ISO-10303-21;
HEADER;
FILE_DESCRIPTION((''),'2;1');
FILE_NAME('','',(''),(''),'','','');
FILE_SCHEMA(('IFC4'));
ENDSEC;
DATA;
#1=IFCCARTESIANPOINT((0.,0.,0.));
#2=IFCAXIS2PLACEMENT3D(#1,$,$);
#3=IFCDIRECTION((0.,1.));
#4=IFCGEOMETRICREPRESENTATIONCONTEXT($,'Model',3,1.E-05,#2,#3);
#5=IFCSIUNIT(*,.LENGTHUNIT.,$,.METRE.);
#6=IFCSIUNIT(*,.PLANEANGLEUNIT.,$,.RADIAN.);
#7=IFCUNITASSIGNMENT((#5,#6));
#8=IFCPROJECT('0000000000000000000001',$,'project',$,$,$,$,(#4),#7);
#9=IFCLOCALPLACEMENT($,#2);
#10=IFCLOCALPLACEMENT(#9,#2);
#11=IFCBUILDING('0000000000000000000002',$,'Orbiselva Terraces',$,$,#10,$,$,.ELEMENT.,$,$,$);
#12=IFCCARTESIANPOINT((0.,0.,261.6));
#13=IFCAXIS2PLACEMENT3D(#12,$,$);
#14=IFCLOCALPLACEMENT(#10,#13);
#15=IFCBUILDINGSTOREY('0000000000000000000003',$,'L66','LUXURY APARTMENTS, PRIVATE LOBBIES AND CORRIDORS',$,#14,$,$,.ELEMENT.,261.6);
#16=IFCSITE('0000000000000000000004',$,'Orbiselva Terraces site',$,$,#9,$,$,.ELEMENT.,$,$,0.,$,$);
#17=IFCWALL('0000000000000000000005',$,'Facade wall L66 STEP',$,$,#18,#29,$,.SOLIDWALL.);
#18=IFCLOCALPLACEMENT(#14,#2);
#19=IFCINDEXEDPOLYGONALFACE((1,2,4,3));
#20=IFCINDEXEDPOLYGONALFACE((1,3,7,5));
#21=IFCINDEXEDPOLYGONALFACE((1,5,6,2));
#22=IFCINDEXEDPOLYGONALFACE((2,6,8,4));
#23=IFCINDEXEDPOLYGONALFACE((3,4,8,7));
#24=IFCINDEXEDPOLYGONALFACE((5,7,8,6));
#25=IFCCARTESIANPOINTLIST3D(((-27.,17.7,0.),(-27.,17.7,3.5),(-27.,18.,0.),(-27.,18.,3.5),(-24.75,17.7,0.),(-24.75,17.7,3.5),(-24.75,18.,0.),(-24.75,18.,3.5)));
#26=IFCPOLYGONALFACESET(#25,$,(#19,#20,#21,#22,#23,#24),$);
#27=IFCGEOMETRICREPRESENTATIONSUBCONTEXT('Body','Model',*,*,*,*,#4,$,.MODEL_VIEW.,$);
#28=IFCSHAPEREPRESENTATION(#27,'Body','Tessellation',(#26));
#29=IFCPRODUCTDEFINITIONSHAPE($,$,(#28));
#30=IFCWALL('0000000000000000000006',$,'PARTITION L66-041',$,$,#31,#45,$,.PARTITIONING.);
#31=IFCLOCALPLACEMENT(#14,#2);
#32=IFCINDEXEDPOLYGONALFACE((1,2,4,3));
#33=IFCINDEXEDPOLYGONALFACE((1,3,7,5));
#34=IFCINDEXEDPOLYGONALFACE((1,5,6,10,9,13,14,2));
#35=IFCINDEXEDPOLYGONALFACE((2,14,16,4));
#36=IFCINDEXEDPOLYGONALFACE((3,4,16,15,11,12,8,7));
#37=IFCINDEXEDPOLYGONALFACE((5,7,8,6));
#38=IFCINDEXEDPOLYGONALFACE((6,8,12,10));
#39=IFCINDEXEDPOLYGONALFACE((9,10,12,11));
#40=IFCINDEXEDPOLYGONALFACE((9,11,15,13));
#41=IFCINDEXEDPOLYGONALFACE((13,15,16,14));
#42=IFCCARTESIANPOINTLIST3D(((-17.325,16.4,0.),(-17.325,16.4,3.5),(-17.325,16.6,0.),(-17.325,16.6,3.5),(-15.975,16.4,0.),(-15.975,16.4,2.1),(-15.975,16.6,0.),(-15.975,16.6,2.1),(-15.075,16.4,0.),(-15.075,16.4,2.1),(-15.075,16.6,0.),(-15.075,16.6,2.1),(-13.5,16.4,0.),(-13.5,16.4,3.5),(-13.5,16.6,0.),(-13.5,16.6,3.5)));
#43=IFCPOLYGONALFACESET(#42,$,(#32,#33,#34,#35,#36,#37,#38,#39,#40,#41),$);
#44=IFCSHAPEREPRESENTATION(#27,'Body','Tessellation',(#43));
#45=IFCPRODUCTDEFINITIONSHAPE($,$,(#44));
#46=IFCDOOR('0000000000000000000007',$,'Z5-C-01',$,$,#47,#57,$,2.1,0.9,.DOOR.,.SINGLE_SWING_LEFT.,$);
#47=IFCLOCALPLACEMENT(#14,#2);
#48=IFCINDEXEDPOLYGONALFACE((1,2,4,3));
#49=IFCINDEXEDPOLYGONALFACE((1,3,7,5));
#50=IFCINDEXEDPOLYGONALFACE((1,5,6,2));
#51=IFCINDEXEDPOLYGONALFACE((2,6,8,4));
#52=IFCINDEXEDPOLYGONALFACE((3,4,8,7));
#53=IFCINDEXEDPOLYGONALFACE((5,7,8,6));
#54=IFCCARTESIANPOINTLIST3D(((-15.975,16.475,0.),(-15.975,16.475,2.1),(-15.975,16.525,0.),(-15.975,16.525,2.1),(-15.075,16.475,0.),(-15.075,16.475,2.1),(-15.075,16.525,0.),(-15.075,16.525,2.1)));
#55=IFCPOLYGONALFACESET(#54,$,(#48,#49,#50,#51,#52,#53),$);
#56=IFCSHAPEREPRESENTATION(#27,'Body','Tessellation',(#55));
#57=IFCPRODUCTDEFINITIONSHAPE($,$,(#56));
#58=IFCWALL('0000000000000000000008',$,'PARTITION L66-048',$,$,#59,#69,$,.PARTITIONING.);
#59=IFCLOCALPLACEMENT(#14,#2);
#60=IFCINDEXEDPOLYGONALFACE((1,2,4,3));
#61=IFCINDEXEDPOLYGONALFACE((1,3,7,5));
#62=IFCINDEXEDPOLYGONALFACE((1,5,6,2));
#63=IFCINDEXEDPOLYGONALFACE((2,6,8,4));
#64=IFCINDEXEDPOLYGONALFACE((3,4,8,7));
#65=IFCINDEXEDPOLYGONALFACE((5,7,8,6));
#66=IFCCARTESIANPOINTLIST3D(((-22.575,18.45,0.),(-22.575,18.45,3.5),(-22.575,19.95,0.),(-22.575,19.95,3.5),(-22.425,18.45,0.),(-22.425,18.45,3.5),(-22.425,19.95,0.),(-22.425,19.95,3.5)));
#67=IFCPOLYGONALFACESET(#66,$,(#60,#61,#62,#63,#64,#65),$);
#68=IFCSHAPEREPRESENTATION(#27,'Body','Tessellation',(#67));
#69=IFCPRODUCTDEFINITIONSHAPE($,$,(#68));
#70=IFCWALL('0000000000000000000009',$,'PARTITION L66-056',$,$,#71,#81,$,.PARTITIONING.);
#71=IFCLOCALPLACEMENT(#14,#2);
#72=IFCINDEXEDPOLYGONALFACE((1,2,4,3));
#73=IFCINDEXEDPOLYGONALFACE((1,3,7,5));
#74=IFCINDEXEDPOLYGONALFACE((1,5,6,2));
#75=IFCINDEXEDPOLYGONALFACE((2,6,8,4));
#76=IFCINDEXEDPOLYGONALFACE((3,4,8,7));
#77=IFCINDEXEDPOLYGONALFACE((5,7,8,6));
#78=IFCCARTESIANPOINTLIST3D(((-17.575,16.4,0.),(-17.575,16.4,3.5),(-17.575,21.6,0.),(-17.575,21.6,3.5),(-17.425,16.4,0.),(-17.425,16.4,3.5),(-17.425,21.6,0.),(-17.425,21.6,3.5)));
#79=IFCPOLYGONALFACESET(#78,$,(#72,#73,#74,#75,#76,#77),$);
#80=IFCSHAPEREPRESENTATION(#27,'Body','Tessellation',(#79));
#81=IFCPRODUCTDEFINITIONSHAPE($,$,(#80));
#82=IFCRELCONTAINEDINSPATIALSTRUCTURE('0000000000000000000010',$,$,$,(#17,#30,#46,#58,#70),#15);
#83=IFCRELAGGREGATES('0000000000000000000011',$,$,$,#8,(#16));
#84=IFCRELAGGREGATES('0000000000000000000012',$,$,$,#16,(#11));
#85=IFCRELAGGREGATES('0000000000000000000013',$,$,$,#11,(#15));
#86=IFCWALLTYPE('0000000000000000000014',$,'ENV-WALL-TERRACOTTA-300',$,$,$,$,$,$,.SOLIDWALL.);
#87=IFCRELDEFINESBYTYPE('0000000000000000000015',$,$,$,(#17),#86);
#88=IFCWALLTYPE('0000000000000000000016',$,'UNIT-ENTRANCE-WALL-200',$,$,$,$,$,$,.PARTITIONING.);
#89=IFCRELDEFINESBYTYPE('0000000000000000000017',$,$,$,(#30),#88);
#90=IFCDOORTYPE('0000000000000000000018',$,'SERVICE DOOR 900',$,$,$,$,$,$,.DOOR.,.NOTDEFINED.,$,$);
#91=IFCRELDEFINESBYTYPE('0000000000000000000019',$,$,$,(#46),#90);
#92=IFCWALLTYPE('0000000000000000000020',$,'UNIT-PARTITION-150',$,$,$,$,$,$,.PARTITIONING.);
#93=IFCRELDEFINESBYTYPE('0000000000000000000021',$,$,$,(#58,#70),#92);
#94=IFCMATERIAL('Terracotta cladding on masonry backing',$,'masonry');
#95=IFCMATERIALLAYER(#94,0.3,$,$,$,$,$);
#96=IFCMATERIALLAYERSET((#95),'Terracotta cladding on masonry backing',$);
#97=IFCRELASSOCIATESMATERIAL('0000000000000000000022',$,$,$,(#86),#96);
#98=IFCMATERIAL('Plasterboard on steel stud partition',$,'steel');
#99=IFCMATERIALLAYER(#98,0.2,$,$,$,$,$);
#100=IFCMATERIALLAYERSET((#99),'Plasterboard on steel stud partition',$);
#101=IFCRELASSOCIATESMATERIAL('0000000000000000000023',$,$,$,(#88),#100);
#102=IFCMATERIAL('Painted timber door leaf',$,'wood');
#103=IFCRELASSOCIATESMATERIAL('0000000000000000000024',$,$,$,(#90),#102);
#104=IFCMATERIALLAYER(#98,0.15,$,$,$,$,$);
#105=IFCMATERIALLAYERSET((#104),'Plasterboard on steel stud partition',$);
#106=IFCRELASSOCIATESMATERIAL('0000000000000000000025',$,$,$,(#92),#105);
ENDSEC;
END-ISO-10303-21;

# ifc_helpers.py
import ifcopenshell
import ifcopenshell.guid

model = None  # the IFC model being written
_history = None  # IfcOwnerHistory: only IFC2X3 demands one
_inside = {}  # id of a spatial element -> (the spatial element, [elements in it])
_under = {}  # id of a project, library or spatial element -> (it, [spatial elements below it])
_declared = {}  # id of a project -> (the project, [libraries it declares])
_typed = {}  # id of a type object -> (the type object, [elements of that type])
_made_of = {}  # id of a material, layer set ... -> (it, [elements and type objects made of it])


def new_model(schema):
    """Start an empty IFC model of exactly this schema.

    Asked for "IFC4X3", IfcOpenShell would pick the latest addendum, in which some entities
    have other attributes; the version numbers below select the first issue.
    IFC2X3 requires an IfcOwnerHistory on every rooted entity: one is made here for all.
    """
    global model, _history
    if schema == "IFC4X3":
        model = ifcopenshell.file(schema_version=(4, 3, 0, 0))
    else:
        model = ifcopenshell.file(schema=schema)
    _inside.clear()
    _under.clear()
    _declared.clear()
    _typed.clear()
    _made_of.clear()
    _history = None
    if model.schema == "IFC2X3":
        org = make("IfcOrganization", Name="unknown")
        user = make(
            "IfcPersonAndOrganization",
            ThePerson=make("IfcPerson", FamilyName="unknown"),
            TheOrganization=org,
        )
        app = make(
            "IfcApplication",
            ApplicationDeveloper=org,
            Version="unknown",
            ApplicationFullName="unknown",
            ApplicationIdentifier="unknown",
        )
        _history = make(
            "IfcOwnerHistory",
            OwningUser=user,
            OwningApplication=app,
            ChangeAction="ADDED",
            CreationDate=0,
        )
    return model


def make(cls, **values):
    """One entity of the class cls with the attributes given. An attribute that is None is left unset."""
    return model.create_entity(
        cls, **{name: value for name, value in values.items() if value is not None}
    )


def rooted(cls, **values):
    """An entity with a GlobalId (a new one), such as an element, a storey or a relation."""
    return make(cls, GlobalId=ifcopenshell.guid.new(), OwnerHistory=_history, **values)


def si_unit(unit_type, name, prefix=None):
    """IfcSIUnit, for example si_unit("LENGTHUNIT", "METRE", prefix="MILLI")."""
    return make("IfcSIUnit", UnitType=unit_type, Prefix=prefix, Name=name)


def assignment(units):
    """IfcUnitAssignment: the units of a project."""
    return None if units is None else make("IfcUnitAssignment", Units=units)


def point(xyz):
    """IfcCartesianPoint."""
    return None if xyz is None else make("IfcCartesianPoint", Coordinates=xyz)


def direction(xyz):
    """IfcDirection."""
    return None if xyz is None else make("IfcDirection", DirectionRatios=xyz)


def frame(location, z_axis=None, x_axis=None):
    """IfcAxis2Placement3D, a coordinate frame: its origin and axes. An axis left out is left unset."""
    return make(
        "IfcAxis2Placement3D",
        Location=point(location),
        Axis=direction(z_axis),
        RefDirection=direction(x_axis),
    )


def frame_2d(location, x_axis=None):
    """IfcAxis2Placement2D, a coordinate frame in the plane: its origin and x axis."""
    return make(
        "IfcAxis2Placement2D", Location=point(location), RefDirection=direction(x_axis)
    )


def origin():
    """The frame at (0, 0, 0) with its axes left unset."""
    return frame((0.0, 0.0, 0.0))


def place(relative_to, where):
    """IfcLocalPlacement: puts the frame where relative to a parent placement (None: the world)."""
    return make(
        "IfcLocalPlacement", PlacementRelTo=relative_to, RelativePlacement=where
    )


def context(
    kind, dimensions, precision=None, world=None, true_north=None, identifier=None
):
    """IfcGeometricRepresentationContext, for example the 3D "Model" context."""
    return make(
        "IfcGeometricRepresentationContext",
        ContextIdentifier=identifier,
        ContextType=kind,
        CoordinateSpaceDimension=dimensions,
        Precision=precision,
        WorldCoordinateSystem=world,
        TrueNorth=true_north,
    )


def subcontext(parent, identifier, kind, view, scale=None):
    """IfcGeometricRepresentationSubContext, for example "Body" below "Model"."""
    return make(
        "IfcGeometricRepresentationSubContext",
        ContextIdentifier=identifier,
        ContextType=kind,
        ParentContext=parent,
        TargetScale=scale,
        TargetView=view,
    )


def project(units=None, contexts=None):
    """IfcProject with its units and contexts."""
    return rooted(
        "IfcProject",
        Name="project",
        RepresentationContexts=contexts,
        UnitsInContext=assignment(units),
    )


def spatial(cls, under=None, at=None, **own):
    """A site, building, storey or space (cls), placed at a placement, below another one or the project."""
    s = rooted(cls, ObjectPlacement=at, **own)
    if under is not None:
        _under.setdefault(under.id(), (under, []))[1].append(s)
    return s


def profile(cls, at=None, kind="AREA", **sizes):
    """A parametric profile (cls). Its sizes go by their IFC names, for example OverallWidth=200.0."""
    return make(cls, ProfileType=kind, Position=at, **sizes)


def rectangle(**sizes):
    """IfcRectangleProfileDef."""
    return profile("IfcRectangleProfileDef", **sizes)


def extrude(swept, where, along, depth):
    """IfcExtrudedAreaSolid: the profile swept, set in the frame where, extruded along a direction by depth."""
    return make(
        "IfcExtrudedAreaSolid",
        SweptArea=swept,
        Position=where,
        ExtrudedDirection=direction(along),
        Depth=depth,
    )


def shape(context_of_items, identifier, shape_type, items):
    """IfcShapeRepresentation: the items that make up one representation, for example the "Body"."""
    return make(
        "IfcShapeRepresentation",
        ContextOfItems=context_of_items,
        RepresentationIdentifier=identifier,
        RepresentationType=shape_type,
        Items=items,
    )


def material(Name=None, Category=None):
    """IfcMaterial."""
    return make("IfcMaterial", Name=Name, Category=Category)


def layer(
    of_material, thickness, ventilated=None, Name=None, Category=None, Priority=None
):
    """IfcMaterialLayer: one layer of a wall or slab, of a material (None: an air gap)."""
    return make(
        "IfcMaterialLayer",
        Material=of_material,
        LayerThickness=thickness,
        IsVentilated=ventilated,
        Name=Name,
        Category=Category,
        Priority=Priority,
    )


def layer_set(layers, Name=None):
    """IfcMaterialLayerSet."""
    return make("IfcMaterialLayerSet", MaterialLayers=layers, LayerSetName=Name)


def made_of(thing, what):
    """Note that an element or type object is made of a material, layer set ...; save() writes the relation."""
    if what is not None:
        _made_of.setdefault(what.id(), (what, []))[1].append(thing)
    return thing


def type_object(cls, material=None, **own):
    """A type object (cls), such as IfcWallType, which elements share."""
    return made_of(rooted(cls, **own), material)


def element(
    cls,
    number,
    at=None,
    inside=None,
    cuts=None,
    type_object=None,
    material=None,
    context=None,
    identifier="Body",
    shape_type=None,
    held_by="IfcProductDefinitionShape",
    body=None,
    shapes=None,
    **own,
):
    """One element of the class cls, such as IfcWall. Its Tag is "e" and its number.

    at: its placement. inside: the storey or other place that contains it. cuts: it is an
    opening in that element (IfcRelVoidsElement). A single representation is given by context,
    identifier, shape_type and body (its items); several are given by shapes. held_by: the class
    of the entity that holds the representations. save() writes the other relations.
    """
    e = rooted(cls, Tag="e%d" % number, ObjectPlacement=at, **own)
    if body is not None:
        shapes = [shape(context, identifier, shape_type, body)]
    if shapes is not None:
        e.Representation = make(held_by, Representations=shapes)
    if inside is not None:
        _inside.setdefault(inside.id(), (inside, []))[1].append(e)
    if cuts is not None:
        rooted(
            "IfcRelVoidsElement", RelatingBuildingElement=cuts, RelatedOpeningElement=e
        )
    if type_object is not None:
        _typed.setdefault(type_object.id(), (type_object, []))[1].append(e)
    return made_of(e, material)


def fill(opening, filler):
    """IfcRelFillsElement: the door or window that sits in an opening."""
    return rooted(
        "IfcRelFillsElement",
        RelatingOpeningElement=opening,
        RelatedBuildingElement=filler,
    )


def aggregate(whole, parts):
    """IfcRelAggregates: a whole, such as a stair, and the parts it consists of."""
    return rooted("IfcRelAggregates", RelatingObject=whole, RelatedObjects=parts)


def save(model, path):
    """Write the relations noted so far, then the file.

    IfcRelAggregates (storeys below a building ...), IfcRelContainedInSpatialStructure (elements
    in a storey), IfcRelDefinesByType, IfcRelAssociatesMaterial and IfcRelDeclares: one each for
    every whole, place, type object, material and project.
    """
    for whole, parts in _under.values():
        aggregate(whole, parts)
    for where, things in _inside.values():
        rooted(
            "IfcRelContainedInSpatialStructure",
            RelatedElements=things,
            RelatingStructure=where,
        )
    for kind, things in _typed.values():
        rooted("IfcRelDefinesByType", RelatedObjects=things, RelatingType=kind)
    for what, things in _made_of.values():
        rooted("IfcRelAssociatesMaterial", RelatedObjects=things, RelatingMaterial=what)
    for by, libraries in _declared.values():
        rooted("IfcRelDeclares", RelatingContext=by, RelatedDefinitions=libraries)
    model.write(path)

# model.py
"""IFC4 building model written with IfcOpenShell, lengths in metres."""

from ifc_helpers import new_model, si_unit, direction, frame, frame_2d, origin, place, context, subcontext, project, spatial, rectangle, extrude, material, layer, layer_set, type_object, element, fill, save


model = new_model("IFC4")

# Units and contexts
model_context = context("Model", 3, precision=1e-05, world=origin(), true_north=direction((0.0, 1.0)))
body_context = subcontext(model_context, "Body", "Model", "MODEL_VIEW")
ifc_project = project(units=[si_unit("LENGTHUNIT", "METRE"), si_unit("PLANEANGLEUNIT", "RADIAN")], contexts=[model_context])

# Site, building, storey
site_placement = place(None, origin())
site = spatial("IfcSite", under=ifc_project, at=site_placement, Name="Orbiselva Terraces site", CompositionType="ELEMENT", RefElevation=0.0)
building_placement = place(site_placement, origin())
building = spatial("IfcBuilding", under=site, at=building_placement, Name="Orbiselva Terraces", CompositionType="ELEMENT")
storey_placement = place(building_placement, frame((0.0, 0.0, 261.6)))
storey = spatial("IfcBuildingStorey", under=building, at=storey_placement, Name="L66", Description="LUXURY APARTMENTS, PRIVATE LOBBIES AND CORRIDORS", CompositionType="ELEMENT", Elevation=261.6)

# Shared definitions
ifc_material_1 = material(Name="Terracotta cladding on masonry backing", Category="masonry")
ifc_layer_1 = layer(ifc_material_1, 0.3)
ifc_layer_set_1 = layer_set([ifc_layer_1], Name="Terracotta cladding on masonry backing")
wall_type_1 = type_object("IfcWallType", Name="ENV-WALL-TERRACOTTA-300", PredefinedType="SOLIDWALL", material=ifc_layer_set_1)

# Wall
wall_1_placement = place(storey_placement, frame((-27.0, 17.85, 0.0), z_axis=(0.0, 0.0, 1.0), x_axis=(1.0, 0.0, 0.0)))
element("IfcWall", 1, at=wall_1_placement, inside=storey, type_object=wall_type_1, Name="Facade wall L66 STEP", PredefinedType="SOLIDWALL", context=body_context, shape_type="SweptSolid", body=[
    extrude(rectangle(XDim=2.25, YDim=0.3, at=frame_2d((1.125, 0.0))), origin(), (0.0, 0.0, 1.0), 3.5),
])

# Wall, opening, door
ifc_material_2 = material(Name="Plasterboard on steel stud partition", Category="steel")
ifc_layer_2 = layer(ifc_material_2, 0.2)
ifc_layer_set_2 = layer_set([ifc_layer_2], Name="Plasterboard on steel stud partition")
wall_type_2 = type_object("IfcWallType", Name="UNIT-ENTRANCE-WALL-200", PredefinedType="PARTITIONING", material=ifc_layer_set_2)
wall_2_placement = place(storey_placement, frame((-17.325, 16.5, 0.0), z_axis=(0.0, 0.0, 1.0), x_axis=(1.0, 0.0, 0.0)))
wall_2 = element("IfcWall", 2, at=wall_2_placement, inside=storey, type_object=wall_type_2, Name="PARTITION L66-041", PredefinedType="PARTITIONING", context=body_context, shape_type="SweptSolid", body=[
    extrude(rectangle(XDim=3.825, YDim=0.2, at=frame_2d((1.9125, 0.0))), origin(), (0.0, 0.0, 1.0), 3.5),
])
opening_1_placement = place(wall_2_placement, frame((1.35, 0.0, 0.0)))
opening_1 = element("IfcOpeningElement", 3, at=opening_1_placement, cuts=wall_2, PredefinedType="OPENING", context=body_context, shape_type="SweptSolid", body=[
    extrude(rectangle(XDim=0.9, YDim=2.1, at=frame_2d((0.45, 1.05))), frame((0.0, 0.11, 0.0), z_axis=(0.0, -1.0, 0.0), x_axis=(1.0, 0.0, 0.0)), (0.0, 0.0, 1.0), 0.22),
])
ifc_material_3 = material(Name="Painted timber door leaf", Category="wood")
door_type_1 = type_object("IfcDoorType", Name="SERVICE DOOR 900", OperationType="NOTDEFINED", PredefinedType="DOOR", material=ifc_material_3)
door_1_placement = place(opening_1_placement, origin())
door_1 = element("IfcDoor", 4, at=door_1_placement, inside=storey, type_object=door_type_1, Name="Z5-C-01", OperationType="SINGLE_SWING_LEFT", OverallHeight=2.1, OverallWidth=0.9, PredefinedType="DOOR", context=body_context, shape_type="SweptSolid", body=[
    extrude(rectangle(XDim=0.9, YDim=2.1, at=frame_2d((0.45, 1.05))), frame((0.0, 0.025, 0.0), z_axis=(0.0, -1.0, 0.0), x_axis=(1.0, 0.0, 0.0)), (0.0, 0.0, 1.0), 0.05),
])
fill(opening_1, door_1)

# Walls
ifc_layer_3 = layer(ifc_material_2, 0.15)
ifc_layer_set_3 = layer_set([ifc_layer_3], Name="Plasterboard on steel stud partition")
wall_type_3 = type_object("IfcWallType", Name="UNIT-PARTITION-150", PredefinedType="PARTITIONING", material=ifc_layer_set_3)
wall_3_placement = place(storey_placement, frame((-22.5, 18.45, 0.0), z_axis=(0.0, 0.0, 1.0), x_axis=(0.0, 1.0, 0.0)))
element("IfcWall", 5, at=wall_3_placement, inside=storey, type_object=wall_type_3, Name="PARTITION L66-048", PredefinedType="PARTITIONING", context=body_context, shape_type="SweptSolid", body=[
    extrude(rectangle(XDim=1.5, YDim=0.15, at=frame_2d((0.75, 0.0))), origin(), (0.0, 0.0, 1.0), 3.5),
])
wall_4_placement = place(storey_placement, frame((-17.5, 16.4, 0.0), z_axis=(0.0, 0.0, 1.0), x_axis=(0.0, 1.0, 0.0)))
element("IfcWall", 6, at=wall_4_placement, inside=storey, type_object=wall_type_3, Name="PARTITION L66-056", PredefinedType="PARTITIONING", context=body_context, shape_type="SweptSolid", body=[
    extrude(rectangle(XDim=5.2, YDim=0.15, at=frame_2d((2.6, 0.0))), origin(), (0.0, 0.0, 1.0), 3.5),
])

save(model, "model.ifc")
